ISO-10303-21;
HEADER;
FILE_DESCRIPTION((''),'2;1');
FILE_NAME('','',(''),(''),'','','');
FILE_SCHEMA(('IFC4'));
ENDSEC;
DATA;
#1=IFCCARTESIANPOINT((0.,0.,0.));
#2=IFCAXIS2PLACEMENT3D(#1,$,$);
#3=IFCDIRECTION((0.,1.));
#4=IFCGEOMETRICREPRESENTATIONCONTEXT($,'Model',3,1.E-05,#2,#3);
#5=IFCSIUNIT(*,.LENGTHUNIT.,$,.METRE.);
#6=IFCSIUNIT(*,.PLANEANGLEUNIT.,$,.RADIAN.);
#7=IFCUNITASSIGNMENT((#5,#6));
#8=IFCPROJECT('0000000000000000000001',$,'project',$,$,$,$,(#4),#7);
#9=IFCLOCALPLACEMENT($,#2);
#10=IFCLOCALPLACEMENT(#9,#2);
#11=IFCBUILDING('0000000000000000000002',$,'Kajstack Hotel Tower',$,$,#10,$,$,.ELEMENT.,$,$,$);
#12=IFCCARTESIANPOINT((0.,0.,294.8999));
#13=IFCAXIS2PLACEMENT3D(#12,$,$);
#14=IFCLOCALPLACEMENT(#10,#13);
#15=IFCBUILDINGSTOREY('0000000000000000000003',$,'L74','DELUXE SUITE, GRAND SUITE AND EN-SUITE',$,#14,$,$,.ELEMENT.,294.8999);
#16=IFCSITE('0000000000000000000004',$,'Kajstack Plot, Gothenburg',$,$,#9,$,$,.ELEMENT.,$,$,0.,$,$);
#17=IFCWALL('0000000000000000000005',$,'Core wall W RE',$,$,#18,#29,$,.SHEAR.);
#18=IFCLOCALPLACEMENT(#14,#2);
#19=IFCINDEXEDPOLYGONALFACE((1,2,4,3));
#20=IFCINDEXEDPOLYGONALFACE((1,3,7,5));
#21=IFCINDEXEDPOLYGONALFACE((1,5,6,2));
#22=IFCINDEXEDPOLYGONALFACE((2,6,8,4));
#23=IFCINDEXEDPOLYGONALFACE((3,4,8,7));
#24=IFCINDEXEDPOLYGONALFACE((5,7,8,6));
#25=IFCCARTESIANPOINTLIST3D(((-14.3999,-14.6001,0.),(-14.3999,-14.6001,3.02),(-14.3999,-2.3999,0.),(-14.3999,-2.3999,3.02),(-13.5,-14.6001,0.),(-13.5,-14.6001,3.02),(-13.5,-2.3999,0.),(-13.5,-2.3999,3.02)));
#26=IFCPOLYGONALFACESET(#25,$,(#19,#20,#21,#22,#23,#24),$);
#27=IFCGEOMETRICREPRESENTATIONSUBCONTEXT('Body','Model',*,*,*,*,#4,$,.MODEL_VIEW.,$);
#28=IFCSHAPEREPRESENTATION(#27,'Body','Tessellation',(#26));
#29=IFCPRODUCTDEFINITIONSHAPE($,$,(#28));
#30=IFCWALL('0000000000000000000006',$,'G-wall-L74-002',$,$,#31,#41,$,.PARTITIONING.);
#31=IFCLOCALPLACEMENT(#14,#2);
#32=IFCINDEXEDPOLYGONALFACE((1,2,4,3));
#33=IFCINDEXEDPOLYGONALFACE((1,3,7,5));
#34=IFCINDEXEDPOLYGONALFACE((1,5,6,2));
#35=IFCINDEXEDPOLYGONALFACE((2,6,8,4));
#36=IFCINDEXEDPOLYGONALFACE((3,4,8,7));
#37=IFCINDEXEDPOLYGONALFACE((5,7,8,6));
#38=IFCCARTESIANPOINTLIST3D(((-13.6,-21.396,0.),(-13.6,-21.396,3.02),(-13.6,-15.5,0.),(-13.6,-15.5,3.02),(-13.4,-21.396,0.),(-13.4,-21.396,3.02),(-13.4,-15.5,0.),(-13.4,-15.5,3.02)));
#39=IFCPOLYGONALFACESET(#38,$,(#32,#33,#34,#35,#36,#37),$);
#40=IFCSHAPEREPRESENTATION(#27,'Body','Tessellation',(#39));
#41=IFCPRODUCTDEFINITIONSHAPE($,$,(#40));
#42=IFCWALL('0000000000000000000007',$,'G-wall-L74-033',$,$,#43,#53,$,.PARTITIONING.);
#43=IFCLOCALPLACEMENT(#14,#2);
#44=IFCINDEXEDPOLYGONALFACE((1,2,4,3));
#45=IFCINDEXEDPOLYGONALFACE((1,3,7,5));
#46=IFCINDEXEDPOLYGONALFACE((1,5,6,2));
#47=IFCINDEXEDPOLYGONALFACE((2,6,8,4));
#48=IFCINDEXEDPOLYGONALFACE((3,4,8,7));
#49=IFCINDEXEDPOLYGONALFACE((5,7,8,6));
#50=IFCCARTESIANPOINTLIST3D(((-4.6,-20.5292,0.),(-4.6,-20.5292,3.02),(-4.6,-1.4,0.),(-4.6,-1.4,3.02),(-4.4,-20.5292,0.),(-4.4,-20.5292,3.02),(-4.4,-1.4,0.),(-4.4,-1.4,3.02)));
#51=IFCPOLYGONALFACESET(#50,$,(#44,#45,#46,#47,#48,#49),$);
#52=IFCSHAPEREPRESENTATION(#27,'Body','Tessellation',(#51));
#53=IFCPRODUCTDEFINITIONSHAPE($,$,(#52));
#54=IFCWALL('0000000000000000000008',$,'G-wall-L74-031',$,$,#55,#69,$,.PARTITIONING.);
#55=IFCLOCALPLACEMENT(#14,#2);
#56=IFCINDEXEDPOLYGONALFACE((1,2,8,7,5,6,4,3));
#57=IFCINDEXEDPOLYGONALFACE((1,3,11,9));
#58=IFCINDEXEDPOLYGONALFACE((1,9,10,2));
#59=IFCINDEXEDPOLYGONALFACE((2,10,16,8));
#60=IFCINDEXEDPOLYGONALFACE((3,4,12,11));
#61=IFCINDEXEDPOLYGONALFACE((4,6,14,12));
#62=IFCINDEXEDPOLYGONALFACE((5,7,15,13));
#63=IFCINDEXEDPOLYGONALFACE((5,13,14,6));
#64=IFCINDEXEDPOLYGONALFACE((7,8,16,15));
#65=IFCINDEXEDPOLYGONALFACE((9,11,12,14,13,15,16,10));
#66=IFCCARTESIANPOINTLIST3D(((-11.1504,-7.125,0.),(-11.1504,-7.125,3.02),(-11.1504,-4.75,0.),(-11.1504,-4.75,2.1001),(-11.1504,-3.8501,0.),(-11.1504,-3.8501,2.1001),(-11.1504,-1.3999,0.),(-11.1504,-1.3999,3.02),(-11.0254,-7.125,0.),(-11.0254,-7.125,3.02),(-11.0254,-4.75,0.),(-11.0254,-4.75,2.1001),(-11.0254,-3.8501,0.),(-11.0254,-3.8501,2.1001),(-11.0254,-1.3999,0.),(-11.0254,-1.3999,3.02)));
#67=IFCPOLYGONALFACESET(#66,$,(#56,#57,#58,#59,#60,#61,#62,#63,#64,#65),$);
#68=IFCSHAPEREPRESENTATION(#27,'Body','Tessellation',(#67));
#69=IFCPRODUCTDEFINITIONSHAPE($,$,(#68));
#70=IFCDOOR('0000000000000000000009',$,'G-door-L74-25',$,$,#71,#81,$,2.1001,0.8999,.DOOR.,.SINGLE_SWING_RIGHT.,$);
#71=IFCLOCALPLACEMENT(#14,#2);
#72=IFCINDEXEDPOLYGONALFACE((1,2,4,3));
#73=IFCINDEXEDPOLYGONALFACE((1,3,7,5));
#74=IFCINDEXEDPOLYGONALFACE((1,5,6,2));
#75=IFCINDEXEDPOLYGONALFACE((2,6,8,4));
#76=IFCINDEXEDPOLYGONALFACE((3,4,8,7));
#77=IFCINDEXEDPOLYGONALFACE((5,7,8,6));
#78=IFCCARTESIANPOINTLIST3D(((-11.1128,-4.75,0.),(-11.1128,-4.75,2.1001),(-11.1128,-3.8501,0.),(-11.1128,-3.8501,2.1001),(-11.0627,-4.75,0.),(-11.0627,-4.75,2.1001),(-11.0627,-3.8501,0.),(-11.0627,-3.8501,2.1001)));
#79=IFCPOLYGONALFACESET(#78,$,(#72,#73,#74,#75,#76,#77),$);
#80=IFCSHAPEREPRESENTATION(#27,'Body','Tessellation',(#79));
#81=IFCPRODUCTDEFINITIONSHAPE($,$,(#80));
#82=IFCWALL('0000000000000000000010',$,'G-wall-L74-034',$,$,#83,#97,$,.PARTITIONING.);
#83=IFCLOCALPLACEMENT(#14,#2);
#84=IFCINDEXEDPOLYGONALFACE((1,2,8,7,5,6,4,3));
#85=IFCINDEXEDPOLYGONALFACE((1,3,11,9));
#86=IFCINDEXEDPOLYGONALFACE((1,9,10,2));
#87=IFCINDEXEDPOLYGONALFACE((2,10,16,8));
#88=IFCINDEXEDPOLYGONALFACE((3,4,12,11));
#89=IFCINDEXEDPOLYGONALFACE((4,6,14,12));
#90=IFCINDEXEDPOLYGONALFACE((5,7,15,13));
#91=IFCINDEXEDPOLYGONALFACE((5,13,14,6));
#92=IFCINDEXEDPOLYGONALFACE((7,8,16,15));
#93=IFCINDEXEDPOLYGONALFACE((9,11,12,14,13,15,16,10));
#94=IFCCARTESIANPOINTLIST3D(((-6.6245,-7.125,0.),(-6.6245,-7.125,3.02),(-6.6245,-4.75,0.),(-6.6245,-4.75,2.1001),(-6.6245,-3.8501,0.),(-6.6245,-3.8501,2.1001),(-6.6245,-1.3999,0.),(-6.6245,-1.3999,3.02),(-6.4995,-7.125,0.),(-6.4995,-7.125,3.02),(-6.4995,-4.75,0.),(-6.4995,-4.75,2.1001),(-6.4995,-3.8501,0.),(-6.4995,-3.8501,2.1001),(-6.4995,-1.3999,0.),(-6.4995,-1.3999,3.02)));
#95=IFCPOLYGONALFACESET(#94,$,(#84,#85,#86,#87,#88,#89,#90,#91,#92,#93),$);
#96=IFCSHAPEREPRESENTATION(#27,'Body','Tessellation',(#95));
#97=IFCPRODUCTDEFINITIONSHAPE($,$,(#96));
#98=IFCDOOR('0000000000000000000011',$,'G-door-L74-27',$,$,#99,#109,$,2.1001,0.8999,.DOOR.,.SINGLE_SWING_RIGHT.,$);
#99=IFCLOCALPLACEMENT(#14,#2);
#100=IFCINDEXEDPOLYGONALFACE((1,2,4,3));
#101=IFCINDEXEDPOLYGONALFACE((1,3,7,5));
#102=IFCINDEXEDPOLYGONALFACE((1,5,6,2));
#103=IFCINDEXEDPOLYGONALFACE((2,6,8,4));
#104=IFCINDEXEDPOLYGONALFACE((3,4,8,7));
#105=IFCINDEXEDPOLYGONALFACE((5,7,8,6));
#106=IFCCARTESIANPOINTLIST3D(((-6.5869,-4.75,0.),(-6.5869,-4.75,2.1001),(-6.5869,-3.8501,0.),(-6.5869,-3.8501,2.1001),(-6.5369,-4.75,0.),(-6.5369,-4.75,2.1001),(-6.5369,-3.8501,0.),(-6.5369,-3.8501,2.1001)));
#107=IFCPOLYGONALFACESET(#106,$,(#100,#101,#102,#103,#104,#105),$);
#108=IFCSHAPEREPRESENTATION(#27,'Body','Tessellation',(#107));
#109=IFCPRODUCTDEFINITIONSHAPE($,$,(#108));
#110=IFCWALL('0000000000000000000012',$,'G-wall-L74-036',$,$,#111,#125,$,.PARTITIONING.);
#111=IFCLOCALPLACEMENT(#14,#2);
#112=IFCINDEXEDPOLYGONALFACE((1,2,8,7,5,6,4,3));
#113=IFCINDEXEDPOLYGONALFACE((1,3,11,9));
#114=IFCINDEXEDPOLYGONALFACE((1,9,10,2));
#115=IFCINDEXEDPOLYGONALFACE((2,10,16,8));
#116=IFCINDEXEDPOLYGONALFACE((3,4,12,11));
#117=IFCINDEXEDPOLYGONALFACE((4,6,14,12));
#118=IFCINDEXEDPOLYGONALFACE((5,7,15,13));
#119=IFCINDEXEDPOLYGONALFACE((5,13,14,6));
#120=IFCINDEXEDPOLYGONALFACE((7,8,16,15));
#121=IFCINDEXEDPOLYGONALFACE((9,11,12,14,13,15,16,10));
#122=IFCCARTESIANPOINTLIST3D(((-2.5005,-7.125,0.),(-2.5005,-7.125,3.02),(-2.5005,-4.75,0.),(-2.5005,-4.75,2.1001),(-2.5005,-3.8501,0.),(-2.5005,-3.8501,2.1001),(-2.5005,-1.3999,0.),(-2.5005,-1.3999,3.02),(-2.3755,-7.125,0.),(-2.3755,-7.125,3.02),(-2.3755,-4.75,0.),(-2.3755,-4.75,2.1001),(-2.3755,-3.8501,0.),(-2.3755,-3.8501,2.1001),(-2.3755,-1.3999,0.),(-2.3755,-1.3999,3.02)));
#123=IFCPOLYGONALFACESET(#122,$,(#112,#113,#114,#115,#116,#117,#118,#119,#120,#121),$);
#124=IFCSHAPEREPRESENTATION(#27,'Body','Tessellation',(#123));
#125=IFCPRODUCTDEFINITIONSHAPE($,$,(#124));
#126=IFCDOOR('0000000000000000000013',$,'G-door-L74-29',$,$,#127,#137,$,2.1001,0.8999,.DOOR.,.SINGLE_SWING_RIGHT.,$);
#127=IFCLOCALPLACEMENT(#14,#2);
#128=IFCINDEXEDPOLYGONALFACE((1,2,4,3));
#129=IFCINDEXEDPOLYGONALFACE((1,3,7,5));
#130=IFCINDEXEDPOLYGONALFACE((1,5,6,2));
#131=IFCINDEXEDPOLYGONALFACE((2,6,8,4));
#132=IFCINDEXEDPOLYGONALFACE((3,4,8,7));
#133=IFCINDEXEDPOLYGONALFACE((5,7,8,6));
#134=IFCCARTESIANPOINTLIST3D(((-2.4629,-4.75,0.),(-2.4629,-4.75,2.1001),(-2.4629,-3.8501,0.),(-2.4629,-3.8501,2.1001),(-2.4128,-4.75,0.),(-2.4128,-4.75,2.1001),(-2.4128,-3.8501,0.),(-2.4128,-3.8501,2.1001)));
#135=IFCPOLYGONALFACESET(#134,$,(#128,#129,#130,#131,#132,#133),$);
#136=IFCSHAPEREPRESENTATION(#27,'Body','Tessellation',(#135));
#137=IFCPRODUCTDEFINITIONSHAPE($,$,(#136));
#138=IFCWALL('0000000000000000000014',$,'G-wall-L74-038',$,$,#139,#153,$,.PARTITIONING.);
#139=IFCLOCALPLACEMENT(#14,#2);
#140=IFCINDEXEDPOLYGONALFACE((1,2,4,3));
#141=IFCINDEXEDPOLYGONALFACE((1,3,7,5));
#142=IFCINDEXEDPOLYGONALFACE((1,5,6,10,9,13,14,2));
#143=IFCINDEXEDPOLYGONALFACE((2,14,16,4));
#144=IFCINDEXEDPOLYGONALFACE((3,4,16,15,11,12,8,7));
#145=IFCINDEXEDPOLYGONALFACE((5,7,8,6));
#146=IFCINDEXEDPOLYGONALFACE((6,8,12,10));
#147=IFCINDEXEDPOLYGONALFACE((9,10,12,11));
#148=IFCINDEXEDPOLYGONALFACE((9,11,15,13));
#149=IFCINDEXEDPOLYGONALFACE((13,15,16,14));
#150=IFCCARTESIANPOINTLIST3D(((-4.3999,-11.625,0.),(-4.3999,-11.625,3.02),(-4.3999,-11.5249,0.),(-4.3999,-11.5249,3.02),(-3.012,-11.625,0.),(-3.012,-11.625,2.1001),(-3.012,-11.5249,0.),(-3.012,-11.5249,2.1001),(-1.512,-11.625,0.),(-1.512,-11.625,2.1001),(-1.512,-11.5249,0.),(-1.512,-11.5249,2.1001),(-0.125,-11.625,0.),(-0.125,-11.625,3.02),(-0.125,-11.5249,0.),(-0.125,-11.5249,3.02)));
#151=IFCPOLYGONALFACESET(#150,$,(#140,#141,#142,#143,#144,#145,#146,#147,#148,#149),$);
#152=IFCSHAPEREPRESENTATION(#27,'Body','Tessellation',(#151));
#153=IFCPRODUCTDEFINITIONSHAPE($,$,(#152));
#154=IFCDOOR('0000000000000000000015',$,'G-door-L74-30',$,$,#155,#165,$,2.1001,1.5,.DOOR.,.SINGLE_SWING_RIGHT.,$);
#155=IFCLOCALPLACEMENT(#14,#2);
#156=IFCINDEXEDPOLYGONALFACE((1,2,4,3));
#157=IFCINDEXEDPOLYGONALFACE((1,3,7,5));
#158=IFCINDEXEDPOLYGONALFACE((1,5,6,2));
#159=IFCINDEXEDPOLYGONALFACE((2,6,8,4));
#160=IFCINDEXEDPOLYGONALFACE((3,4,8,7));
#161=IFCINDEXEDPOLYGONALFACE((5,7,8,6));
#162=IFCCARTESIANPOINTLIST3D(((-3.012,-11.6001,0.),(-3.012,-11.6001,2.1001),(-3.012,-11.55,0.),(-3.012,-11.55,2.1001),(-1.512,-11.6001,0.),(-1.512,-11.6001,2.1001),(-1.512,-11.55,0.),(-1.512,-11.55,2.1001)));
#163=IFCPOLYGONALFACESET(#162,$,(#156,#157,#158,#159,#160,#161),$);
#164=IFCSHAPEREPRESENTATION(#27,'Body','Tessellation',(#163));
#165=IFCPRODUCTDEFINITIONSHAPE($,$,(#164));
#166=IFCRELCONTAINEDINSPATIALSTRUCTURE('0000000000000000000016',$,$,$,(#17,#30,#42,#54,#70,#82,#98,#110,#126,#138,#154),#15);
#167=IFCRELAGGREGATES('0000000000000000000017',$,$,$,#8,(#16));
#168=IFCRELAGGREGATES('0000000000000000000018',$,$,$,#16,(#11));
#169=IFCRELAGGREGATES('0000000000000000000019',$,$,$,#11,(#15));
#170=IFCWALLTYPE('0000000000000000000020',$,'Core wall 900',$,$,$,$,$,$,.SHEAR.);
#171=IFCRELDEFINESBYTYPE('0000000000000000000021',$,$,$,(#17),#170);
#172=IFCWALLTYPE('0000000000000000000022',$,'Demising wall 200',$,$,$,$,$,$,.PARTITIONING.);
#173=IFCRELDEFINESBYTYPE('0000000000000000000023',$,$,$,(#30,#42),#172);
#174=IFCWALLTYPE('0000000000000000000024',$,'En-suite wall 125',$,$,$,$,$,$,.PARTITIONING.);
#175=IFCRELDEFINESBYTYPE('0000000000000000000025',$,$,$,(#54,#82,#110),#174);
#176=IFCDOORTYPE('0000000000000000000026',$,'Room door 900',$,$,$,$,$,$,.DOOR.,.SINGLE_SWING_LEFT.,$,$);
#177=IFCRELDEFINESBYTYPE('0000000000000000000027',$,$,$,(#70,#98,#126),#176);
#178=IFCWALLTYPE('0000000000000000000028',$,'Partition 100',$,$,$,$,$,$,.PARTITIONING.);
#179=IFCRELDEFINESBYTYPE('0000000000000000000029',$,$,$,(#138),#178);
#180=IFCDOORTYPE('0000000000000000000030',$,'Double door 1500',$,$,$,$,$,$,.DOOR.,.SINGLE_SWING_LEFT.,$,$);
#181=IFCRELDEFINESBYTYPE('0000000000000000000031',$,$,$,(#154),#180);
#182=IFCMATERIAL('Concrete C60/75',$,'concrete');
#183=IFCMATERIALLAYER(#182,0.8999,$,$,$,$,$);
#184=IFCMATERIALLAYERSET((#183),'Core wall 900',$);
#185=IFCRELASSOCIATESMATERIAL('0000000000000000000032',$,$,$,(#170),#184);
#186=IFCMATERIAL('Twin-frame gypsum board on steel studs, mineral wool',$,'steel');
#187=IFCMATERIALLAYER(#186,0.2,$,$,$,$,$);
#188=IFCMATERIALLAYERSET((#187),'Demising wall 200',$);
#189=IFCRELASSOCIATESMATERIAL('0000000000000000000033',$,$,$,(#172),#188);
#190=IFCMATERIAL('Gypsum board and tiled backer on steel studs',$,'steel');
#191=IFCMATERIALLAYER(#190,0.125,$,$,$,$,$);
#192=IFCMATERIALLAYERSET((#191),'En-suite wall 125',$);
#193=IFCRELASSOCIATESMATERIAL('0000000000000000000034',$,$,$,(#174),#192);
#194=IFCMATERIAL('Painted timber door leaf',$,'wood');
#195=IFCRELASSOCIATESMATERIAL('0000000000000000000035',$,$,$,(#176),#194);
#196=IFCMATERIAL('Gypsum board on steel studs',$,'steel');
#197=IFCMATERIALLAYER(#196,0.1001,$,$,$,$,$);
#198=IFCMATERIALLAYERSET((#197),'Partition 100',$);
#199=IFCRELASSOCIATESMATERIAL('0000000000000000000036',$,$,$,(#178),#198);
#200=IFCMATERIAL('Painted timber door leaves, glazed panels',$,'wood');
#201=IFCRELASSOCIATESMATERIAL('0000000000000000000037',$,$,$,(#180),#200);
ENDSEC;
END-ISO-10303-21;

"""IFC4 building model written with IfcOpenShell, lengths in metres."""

from ifc_helpers import new_model, si_unit, direction, frame, frame_2d, origin, place, context, subcontext, project, spatial, rectangle, extrude, material, layer, layer_set, type_object, element, fill, save


model = new_model("IFC4")

# Units and contexts
model_context = context("Model", 3, precision=1e-05, world=origin(), true_north=direction((0.0, 1.0)))
body_context = subcontext(model_context, "Body", "Model", "MODEL_VIEW")
ifc_project = project(units=[si_unit("LENGTHUNIT", "METRE"), si_unit("PLANEANGLEUNIT", "RADIAN")], contexts=[model_context])

# Site, building, storey
site_placement = place(None, origin())
site = spatial("IfcSite", under=ifc_project, at=site_placement, Name="Kajstack Plot, Gothenburg", CompositionType="ELEMENT", RefElevation=0.0)
building_placement = place(site_placement, origin())
building = spatial("IfcBuilding", under=site, at=building_placement, Name="Kajstack Hotel Tower", CompositionType="ELEMENT")
storey_placement = place(building_placement, frame((0.0, 0.0, 294.8999)))
storey = spatial("IfcBuildingStorey", under=building, at=storey_placement, Name="L74", Description="DELUXE SUITE, GRAND SUITE AND EN-SUITE", CompositionType="ELEMENT", Elevation=294.8999)

# Walls
ifc_material_1 = material(Name="Concrete C60/75", Category="concrete")
ifc_layer_1 = layer(ifc_material_1, 0.8999)
ifc_layer_set_1 = layer_set([ifc_layer_1], Name="Core wall 900")
wall_type_1 = type_object("IfcWallType", Name="Core wall 900", PredefinedType="SHEAR", material=ifc_layer_set_1)
wall_1_placement = place(storey_placement, frame((-13.95, -14.6001, 0.0), z_axis=(0.0, 0.0, 1.0), x_axis=(0.0, 1.0, 0.0)))
element("IfcWall", 1, at=wall_1_placement, inside=storey, type_object=wall_type_1, Name="Core wall W RE", PredefinedType="SHEAR", context=body_context, shape_type="SweptSolid", body=[
    extrude(rectangle(XDim=12.2002, YDim=0.8999, at=frame_2d((6.1001, 0.0))), origin(), (0.0, 0.0, 1.0), 3.02),
])
ifc_material_2 = material(Name="Twin-frame gypsum board on steel studs, mineral wool", Category="steel")
ifc_layer_2 = layer(ifc_material_2, 0.2)
ifc_layer_set_2 = layer_set([ifc_layer_2], Name="Demising wall 200")
wall_type_2 = type_object("IfcWallType", Name="Demising wall 200", PredefinedType="PARTITIONING", material=ifc_layer_set_2)
wall_2_placement = place(storey_placement, frame((-13.5, -21.396, 0.0), z_axis=(0.0, 0.0, 1.0), x_axis=(0.0, 1.0, 0.0)))
element("IfcWall", 2, at=wall_2_placement, inside=storey, type_object=wall_type_2, Name="G-wall-L74-002", PredefinedType="PARTITIONING", context=body_context, shape_type="SweptSolid", body=[
    extrude(rectangle(XDim=5.896, YDim=0.2, at=frame_2d((2.948, 0.0))), origin(), (0.0, 0.0, 1.0), 3.02),
])
wall_3_placement = place(storey_placement, frame((-4.5, -20.5291, 0.0), z_axis=(0.0, 0.0, 1.0), x_axis=(0.0, 1.0, 0.0)))
element("IfcWall", 3, at=wall_3_placement, inside=storey, type_object=wall_type_2, Name="G-wall-L74-033", PredefinedType="PARTITIONING", context=body_context, shape_type="SweptSolid", body=[
    extrude(rectangle(XDim=19.1292, YDim=0.2, at=frame_2d((9.5645, 0.0))), origin(), (0.0, 0.0, 1.0), 3.02),
])

# Walls, openings, doors
ifc_material_3 = material(Name="Gypsum board and tiled backer on steel studs", Category="steel")
ifc_layer_3 = layer(ifc_material_3, 0.125)
ifc_layer_set_3 = layer_set([ifc_layer_3], Name="En-suite wall 125")
wall_type_3 = type_object("IfcWallType", Name="En-suite wall 125", PredefinedType="PARTITIONING", material=ifc_layer_set_3)
wall_4_placement = place(storey_placement, frame((-11.0879, -7.125, 0.0), z_axis=(0.0, 0.0, 1.0), x_axis=(0.0, 1.0, 0.0)))
wall_4 = element("IfcWall", 4, at=wall_4_placement, inside=storey, type_object=wall_type_3, Name="G-wall-L74-031", PredefinedType="PARTITIONING", context=body_context, shape_type="SweptSolid", body=[
    extrude(rectangle(XDim=5.7251, YDim=0.125, at=frame_2d((2.8625, 0.0))), origin(), (0.0, 0.0, 1.0), 3.02),
])
opening_1_placement = place(wall_4_placement, frame((2.375, 0.0, 0.0)))
opening_1 = element("IfcOpeningElement", 5, at=opening_1_placement, cuts=wall_4, PredefinedType="OPENING", context=body_context, shape_type="SweptSolid", body=[
    extrude(rectangle(XDim=0.8999, YDim=2.1001, at=frame_2d((0.45, 1.05))), frame((0.0, 0.0725, 0.0), z_axis=(0.0, -1.0, 0.0), x_axis=(1.0, 0.0, 0.0)), (0.0, 0.0, 1.0), 0.145),
])
ifc_material_4 = material(Name="Painted timber door leaf", Category="wood")
door_type_1 = type_object("IfcDoorType", Name="Room door 900", OperationType="SINGLE_SWING_LEFT", PredefinedType="DOOR", material=ifc_material_4)
door_1_placement = place(opening_1_placement, origin())
door_1 = element("IfcDoor", 6, at=door_1_placement, inside=storey, type_object=door_type_1, Name="G-door-L74-25", OperationType="SINGLE_SWING_RIGHT", OverallHeight=2.1001, OverallWidth=0.8999, PredefinedType="DOOR", context=body_context, shape_type="SweptSolid", body=[
    extrude(rectangle(XDim=0.8999, YDim=2.1001, at=frame_2d((0.45, 1.05))), frame((0.0, 0.0249, 0.0), z_axis=(0.0, -1.0, 0.0), x_axis=(1.0, 0.0, 0.0)), (0.0, 0.0, 1.0), 0.05),
])
fill(opening_1, door_1)
wall_5_placement = place(storey_placement, frame((-6.562, -7.125, 0.0), z_axis=(0.0, 0.0, 1.0), x_axis=(0.0, 1.0, 0.0)))
wall_5 = element("IfcWall", 7, at=wall_5_placement, inside=storey, type_object=wall_type_3, Name="G-wall-L74-034", PredefinedType="PARTITIONING", context=body_context, shape_type="SweptSolid", body=[
    extrude(rectangle(XDim=5.7251, YDim=0.125, at=frame_2d((2.8625, 0.0))), origin(), (0.0, 0.0, 1.0), 3.02),
])
opening_2_placement = place(wall_5_placement, frame((2.375, 0.0, 0.0)))
opening_2 = element("IfcOpeningElement", 8, at=opening_2_placement, cuts=wall_5, PredefinedType="OPENING", context=body_context, shape_type="SweptSolid", body=[
    extrude(rectangle(XDim=0.8999, YDim=2.1001, at=frame_2d((0.45, 1.05))), frame((0.0, 0.0725, 0.0), z_axis=(0.0, -1.0, 0.0), x_axis=(1.0, 0.0, 0.0)), (0.0, 0.0, 1.0), 0.145),
])
door_2_placement = place(opening_2_placement, origin())
door_2 = element("IfcDoor", 9, at=door_2_placement, inside=storey, type_object=door_type_1, Name="G-door-L74-27", OperationType="SINGLE_SWING_RIGHT", OverallHeight=2.1001, OverallWidth=0.8999, PredefinedType="DOOR", context=body_context, shape_type="SweptSolid", body=[
    extrude(rectangle(XDim=0.8999, YDim=2.1001, at=frame_2d((0.45, 1.05))), frame((0.0, 0.0249, 0.0), z_axis=(0.0, -1.0, 0.0), x_axis=(1.0, 0.0, 0.0)), (0.0, 0.0, 1.0), 0.05),
])
fill(opening_2, door_2)
wall_6_placement = place(storey_placement, frame((-2.438, -7.125, 0.0), z_axis=(0.0, 0.0, 1.0), x_axis=(0.0, 1.0, 0.0)))
wall_6 = element("IfcWall", 10, at=wall_6_placement, inside=storey, type_object=wall_type_3, Name="G-wall-L74-036", PredefinedType="PARTITIONING", context=body_context, shape_type="SweptSolid", body=[
    extrude(rectangle(XDim=5.7251, YDim=0.125, at=frame_2d((2.8625, 0.0))), origin(), (0.0, 0.0, 1.0), 3.02),
])
opening_3_placement = place(wall_6_placement, frame((2.375, 0.0, 0.0)))
opening_3 = element("IfcOpeningElement", 11, at=opening_3_placement, cuts=wall_6, PredefinedType="OPENING", context=body_context, shape_type="SweptSolid", body=[
    extrude(rectangle(XDim=0.8999, YDim=2.1001, at=frame_2d((0.45, 1.05))), frame((0.0, 0.0725, 0.0), z_axis=(0.0, -1.0, 0.0), x_axis=(1.0, 0.0, 0.0)), (0.0, 0.0, 1.0), 0.145),
])
door_3_placement = place(opening_3_placement, origin())
door_3 = element("IfcDoor", 12, at=door_3_placement, inside=storey, type_object=door_type_1, Name="G-door-L74-29", OperationType="SINGLE_SWING_RIGHT", OverallHeight=2.1001, OverallWidth=0.8999, PredefinedType="DOOR", context=body_context, shape_type="SweptSolid", body=[
    extrude(rectangle(XDim=0.8999, YDim=2.1001, at=frame_2d((0.45, 1.05))), frame((0.0, 0.0249, 0.0), z_axis=(0.0, -1.0, 0.0), x_axis=(1.0, 0.0, 0.0)), (0.0, 0.0, 1.0), 0.05),
])
fill(opening_3, door_3)
ifc_material_5 = material(Name="Gypsum board on steel studs", Category="steel")
ifc_layer_4 = layer(ifc_material_5, 0.1001)
ifc_layer_set_4 = layer_set([ifc_layer_4], Name="Partition 100")
wall_type_4 = type_object("IfcWallType", Name="Partition 100", PredefinedType="PARTITIONING", material=ifc_layer_set_4)
wall_7_placement = place(storey_placement, frame((-4.3999, -11.575, 0.0), z_axis=(0.0, 0.0, 1.0), x_axis=(1.0, 0.0, 0.0)))
wall_7 = element("IfcWall", 13, at=wall_7_placement, inside=storey, type_object=wall_type_4, Name="G-wall-L74-038", PredefinedType="PARTITIONING", context=body_context, shape_type="SweptSolid", body=[
    extrude(rectangle(XDim=4.2749, YDim=0.1001, at=frame_2d((2.1375, 0.0))), origin(), (0.0, 0.0, 1.0), 3.02),
])
opening_4_placement = place(wall_7_placement, frame((1.3879, 0.0, 0.0)))
opening_4 = element("IfcOpeningElement", 14, at=opening_4_placement, cuts=wall_7, PredefinedType="OPENING", context=body_context, shape_type="SweptSolid", body=[
    extrude(rectangle(XDim=1.5, YDim=2.1001, at=frame_2d((0.75, 1.05))), frame((0.0, 0.0601, 0.0), z_axis=(0.0, -1.0, 0.0), x_axis=(1.0, 0.0, 0.0)), (0.0, 0.0, 1.0), 0.1201),
])
ifc_material_6 = material(Name="Painted timber door leaves, glazed panels", Category="wood")
door_type_2 = type_object("IfcDoorType", Name="Double door 1500", OperationType="SINGLE_SWING_LEFT", PredefinedType="DOOR", material=ifc_material_6)
door_4_placement = place(opening_4_placement, origin())
door_4 = element("IfcDoor", 15, at=door_4_placement, inside=storey, type_object=door_type_2, Name="G-door-L74-30", OperationType="SINGLE_SWING_RIGHT", OverallHeight=2.1001, OverallWidth=1.5, PredefinedType="DOOR", context=body_context, shape_type="SweptSolid", body=[
    extrude(rectangle(XDim=1.5, YDim=2.1001, at=frame_2d((0.75, 1.05))), frame((0.0, 0.0249, 0.0), z_axis=(0.0, -1.0, 0.0), x_axis=(1.0, 0.0, 0.0)), (0.0, 0.0, 1.0), 0.05),
])
fill(opening_4, door_4)

save(model, "model.ifc")
